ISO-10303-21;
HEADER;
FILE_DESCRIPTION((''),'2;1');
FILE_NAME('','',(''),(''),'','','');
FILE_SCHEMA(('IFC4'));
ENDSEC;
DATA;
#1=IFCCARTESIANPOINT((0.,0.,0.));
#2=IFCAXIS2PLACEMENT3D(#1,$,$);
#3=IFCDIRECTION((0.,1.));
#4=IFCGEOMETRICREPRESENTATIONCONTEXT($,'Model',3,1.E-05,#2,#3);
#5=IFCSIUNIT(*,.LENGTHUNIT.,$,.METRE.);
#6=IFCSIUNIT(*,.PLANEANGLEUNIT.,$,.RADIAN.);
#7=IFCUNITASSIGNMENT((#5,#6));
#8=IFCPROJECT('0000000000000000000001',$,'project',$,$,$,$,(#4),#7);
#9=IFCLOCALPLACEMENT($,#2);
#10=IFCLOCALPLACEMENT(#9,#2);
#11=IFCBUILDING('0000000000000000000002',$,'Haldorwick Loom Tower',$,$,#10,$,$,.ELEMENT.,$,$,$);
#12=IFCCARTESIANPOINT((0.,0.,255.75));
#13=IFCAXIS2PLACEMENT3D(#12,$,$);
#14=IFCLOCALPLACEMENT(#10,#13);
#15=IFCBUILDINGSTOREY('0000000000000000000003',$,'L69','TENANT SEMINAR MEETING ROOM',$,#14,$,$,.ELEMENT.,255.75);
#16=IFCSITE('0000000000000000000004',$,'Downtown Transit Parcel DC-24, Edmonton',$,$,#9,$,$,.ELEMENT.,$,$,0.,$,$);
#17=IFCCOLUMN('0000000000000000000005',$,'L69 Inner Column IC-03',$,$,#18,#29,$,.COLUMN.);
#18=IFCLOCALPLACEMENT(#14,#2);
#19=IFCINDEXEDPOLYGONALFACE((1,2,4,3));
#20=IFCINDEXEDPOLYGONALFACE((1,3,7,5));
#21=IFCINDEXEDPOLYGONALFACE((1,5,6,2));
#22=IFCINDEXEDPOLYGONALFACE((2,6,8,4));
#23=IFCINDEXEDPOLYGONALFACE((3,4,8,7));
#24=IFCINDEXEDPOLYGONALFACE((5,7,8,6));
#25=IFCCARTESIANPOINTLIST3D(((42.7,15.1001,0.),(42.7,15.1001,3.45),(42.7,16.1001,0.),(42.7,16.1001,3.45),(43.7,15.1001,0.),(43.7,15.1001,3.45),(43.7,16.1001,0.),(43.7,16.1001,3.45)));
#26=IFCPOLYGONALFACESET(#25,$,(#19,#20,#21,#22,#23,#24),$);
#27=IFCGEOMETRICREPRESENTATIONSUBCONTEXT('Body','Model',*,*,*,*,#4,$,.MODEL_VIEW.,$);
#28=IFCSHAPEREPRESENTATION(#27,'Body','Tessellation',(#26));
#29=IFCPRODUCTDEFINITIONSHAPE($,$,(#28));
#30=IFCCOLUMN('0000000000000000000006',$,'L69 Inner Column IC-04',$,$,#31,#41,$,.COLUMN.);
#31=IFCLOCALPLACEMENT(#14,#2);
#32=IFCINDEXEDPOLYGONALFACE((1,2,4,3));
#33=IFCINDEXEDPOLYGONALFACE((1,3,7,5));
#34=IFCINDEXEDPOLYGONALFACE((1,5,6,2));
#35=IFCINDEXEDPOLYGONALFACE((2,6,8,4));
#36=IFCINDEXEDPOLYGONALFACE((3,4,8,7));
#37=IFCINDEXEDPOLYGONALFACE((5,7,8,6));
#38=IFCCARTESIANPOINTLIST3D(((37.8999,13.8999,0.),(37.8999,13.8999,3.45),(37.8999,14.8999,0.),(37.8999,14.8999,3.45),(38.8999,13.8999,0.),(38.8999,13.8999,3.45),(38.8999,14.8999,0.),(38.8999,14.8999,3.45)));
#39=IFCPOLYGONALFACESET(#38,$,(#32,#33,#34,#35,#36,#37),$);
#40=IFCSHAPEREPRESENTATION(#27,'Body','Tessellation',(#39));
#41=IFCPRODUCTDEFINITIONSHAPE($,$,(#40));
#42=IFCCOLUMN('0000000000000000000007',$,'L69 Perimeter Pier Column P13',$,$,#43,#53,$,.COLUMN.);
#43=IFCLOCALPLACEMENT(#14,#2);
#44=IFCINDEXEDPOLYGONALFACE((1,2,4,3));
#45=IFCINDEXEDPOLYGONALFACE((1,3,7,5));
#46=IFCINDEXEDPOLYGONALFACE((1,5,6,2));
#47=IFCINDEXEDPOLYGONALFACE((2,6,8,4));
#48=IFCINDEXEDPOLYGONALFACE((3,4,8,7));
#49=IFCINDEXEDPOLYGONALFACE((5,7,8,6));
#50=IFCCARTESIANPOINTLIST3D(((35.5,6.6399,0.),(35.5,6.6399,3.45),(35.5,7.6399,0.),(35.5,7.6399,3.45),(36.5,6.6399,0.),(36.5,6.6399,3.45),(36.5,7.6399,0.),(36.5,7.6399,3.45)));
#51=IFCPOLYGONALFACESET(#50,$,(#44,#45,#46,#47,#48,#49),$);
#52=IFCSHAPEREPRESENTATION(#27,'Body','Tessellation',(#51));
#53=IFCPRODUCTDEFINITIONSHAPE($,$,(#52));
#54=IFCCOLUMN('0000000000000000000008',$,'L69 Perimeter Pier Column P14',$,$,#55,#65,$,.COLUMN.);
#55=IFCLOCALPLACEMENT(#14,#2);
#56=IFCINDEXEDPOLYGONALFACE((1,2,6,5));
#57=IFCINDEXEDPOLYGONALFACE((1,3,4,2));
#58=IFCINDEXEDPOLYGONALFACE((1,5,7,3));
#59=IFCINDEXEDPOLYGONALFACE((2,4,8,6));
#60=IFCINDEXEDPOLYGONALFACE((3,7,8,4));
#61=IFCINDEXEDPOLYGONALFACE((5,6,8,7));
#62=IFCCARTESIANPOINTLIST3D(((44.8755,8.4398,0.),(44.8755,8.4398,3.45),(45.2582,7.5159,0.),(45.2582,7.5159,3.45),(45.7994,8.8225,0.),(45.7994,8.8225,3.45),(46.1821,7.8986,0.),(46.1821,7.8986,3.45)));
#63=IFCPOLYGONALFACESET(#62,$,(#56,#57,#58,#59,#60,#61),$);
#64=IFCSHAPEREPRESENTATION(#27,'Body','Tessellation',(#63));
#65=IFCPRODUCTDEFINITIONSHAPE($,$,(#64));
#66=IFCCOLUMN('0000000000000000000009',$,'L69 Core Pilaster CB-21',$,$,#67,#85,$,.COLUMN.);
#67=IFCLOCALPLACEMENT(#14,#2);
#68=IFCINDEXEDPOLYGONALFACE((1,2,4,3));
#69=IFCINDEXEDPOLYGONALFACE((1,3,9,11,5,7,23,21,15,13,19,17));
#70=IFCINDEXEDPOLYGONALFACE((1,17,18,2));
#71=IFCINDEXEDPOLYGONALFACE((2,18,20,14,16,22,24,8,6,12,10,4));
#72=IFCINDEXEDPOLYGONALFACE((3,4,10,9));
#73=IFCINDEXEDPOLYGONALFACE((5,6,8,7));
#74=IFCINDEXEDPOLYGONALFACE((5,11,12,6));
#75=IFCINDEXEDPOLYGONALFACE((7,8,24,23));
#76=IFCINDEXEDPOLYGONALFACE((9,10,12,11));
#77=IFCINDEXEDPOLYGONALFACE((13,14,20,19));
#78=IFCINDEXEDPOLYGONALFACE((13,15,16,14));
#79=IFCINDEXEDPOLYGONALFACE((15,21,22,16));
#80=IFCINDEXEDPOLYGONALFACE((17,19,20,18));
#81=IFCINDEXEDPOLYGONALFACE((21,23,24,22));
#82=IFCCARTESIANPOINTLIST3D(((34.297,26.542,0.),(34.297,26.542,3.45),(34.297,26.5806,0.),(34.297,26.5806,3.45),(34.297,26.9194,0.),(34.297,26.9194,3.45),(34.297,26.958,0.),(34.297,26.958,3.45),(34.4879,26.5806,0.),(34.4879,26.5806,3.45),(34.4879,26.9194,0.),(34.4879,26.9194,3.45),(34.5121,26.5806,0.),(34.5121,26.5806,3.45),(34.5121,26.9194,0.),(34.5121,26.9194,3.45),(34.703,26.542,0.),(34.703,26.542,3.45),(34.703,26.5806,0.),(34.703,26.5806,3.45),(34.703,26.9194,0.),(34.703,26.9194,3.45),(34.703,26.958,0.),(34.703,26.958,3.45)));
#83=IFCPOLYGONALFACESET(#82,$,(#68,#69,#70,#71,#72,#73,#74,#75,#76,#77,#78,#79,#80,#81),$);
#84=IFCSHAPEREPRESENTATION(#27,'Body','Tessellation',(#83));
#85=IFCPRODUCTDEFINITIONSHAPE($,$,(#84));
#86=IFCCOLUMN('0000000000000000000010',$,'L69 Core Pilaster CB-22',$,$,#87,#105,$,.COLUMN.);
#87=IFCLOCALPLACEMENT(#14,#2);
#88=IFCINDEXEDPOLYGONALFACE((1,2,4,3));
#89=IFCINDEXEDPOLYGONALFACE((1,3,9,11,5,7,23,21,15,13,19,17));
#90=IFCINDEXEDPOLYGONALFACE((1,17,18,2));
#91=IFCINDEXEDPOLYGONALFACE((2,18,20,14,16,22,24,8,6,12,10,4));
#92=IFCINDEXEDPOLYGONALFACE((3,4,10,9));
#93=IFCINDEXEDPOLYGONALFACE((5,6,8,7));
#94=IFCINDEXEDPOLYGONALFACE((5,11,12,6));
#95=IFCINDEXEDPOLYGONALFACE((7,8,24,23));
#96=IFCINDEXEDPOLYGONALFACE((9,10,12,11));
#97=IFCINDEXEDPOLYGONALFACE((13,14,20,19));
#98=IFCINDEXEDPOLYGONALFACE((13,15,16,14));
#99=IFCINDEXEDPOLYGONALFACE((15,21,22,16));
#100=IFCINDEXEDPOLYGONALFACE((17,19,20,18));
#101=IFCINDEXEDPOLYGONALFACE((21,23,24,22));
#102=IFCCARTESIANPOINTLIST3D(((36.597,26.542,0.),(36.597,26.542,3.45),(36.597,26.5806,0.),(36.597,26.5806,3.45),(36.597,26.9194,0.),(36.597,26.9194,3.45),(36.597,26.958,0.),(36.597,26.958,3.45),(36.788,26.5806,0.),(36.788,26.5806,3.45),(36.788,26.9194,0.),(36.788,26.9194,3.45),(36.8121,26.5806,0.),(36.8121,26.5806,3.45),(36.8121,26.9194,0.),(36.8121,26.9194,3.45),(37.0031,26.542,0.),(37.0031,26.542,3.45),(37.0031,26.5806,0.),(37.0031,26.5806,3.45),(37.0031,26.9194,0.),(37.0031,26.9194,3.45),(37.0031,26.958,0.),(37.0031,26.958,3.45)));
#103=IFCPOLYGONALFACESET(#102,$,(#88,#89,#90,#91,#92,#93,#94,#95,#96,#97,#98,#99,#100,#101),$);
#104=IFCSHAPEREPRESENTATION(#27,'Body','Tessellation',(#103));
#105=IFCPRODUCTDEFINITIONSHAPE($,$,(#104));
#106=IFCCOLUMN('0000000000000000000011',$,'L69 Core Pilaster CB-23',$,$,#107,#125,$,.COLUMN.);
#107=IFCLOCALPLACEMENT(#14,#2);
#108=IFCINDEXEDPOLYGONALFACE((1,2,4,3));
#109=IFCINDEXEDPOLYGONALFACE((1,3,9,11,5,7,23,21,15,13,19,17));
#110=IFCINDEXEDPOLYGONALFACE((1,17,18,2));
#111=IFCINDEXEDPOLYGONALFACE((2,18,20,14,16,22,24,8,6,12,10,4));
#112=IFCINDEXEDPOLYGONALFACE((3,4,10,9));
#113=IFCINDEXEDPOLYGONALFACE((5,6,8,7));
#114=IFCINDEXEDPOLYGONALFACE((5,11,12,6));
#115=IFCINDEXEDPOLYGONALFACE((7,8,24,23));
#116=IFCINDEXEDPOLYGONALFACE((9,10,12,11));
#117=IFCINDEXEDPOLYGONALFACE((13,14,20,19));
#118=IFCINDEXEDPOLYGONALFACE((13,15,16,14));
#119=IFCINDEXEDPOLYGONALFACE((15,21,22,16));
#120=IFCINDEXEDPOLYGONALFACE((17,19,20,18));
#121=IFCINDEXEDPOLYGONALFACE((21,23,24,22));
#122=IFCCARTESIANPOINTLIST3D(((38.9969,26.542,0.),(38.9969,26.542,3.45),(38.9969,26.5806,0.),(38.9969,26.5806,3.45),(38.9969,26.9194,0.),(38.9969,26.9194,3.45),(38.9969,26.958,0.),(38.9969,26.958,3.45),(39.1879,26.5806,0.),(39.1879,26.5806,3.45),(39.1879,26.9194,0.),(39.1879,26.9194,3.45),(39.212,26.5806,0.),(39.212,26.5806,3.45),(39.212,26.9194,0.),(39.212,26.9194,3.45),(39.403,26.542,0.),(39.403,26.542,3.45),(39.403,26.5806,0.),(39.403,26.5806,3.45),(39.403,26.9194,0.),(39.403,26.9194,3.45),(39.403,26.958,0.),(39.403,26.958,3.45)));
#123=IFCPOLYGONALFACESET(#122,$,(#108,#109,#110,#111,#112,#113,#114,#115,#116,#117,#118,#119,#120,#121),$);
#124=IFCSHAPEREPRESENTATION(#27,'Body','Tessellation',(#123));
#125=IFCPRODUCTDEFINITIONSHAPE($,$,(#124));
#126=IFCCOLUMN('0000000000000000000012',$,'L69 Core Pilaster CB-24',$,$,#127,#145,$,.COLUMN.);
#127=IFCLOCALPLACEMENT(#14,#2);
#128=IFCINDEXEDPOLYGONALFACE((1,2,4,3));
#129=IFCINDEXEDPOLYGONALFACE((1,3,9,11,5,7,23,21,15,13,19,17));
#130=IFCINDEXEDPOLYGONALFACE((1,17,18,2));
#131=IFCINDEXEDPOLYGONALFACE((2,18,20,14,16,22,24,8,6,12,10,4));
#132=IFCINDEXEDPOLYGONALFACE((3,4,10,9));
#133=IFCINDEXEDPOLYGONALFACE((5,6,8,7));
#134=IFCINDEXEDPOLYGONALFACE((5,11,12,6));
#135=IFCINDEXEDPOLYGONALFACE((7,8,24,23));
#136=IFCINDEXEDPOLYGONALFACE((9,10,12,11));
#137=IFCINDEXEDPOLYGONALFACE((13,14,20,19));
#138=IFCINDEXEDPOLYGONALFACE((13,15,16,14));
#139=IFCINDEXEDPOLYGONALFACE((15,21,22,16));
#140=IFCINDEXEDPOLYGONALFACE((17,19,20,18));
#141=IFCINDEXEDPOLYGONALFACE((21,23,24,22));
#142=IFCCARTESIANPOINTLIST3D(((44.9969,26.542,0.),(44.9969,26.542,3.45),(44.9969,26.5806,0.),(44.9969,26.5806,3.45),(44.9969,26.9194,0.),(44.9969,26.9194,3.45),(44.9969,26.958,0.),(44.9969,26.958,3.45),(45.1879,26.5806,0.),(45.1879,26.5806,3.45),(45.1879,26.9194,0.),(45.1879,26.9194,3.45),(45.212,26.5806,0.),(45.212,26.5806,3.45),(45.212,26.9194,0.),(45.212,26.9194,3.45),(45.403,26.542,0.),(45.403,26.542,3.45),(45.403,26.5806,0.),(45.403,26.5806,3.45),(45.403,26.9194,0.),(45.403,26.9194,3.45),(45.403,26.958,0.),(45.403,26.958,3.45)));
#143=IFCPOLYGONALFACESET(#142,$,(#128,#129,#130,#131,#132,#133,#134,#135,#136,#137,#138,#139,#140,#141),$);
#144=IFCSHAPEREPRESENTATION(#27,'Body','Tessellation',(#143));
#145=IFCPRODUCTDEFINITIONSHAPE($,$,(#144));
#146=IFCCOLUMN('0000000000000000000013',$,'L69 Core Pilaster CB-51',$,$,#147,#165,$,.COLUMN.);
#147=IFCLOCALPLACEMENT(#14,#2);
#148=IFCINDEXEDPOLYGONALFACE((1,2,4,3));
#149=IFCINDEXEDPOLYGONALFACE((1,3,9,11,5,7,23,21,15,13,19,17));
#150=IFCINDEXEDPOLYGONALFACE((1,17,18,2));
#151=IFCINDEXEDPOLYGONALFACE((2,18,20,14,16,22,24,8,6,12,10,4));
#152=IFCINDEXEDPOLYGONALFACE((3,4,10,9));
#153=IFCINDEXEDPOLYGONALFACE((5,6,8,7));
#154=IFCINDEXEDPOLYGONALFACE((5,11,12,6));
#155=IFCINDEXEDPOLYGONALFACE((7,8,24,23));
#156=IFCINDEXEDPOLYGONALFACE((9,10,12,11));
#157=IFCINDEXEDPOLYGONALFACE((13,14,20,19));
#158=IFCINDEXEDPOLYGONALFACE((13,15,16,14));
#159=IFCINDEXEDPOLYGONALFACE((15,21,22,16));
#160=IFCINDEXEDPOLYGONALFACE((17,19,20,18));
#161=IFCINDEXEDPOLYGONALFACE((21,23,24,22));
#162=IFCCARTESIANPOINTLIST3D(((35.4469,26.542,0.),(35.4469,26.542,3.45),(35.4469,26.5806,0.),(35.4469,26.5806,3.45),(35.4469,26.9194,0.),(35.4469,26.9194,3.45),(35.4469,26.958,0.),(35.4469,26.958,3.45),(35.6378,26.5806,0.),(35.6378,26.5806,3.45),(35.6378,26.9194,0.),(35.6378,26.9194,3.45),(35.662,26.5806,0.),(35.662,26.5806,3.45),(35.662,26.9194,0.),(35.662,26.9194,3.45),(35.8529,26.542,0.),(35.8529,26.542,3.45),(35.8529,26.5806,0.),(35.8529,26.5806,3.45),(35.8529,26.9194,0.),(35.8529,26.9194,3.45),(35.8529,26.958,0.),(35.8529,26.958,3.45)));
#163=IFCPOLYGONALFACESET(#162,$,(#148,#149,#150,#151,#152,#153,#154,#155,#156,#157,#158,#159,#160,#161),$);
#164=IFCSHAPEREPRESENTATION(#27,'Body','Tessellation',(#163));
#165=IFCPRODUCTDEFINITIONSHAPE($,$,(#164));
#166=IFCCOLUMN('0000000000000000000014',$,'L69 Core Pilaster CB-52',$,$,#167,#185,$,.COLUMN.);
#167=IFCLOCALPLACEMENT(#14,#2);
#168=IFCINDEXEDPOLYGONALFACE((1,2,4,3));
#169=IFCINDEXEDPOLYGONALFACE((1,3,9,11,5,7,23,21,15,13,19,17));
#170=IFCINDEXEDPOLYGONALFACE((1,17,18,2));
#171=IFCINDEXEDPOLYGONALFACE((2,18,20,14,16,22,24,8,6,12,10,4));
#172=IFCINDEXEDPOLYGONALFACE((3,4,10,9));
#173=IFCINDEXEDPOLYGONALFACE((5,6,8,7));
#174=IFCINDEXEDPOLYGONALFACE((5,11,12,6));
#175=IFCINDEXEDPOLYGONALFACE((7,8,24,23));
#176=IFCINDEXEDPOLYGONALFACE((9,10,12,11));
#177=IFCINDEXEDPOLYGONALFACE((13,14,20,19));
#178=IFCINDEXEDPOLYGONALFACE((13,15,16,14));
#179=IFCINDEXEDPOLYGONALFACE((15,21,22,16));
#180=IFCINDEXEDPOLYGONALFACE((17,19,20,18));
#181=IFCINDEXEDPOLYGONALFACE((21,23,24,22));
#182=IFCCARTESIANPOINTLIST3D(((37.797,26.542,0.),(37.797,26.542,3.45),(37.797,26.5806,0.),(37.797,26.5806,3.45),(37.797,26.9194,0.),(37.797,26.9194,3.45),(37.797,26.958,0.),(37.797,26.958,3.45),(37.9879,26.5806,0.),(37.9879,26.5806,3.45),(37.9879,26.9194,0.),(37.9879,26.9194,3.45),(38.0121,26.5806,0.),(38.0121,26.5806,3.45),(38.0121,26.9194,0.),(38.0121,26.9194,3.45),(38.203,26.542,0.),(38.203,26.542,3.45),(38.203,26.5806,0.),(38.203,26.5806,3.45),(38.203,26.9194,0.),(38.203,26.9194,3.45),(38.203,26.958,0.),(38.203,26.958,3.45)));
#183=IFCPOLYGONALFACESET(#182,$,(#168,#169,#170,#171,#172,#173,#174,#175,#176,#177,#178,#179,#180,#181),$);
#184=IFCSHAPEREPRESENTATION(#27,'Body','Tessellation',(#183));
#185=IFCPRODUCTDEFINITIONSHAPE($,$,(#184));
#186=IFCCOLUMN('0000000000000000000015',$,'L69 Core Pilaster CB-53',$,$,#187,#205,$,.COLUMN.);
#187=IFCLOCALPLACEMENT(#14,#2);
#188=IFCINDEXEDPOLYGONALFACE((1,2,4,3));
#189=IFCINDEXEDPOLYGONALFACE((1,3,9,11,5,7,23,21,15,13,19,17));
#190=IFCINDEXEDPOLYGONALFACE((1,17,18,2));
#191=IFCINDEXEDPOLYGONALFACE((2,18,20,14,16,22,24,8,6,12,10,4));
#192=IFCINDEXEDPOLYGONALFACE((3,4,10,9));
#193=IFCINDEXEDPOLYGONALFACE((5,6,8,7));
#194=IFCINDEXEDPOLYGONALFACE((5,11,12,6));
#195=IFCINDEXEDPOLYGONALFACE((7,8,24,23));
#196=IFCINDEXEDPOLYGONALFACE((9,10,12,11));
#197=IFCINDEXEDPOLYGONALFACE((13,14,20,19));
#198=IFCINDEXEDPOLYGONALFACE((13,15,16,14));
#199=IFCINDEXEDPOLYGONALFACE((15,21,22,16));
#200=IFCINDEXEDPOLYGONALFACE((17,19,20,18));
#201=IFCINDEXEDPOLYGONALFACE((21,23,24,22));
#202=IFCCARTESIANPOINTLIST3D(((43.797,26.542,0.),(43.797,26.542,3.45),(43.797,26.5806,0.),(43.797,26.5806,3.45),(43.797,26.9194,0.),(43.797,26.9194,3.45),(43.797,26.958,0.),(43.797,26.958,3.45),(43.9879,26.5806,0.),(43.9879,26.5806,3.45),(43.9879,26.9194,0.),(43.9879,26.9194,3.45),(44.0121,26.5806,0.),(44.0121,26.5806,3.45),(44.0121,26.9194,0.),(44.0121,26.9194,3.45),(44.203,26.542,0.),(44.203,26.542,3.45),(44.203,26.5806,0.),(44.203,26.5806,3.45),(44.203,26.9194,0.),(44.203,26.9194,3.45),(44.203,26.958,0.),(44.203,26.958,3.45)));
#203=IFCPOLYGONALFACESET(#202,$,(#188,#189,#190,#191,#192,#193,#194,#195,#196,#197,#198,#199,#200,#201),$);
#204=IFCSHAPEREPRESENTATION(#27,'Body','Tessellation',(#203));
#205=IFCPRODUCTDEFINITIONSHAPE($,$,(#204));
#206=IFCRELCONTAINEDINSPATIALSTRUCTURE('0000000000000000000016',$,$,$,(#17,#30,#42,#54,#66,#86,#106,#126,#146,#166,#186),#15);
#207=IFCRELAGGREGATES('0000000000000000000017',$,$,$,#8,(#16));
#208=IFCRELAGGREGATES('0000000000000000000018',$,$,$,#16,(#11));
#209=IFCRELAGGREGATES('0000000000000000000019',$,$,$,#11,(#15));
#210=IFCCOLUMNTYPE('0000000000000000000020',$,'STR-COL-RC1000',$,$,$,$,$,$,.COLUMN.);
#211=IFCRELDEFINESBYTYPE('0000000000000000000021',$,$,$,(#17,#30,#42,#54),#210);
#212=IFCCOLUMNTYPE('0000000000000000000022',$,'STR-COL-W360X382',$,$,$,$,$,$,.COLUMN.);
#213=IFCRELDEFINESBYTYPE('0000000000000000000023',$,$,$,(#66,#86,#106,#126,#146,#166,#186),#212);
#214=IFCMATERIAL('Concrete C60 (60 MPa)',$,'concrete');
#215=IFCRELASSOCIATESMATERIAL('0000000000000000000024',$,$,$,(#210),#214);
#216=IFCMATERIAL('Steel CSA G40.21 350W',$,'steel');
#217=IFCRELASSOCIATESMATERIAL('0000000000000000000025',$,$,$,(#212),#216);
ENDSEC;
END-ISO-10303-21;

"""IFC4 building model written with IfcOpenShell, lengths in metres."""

from ifc_helpers import new_model, si_unit, direction, frame, origin, origin_2d, place, context, subcontext, project, spatial, rectangle, i_section, extrude, material, material_profile, profile_set, type_object, element, save


model = new_model("IFC4")

# Units and contexts
model_context = context("Model", 3, precision=1e-05, world=origin(), true_north=direction((0.0, 1.0)))
body_context = subcontext(model_context, "Body", "Model", "MODEL_VIEW")
ifc_project = project(units=[si_unit("LENGTHUNIT", "METRE"), si_unit("PLANEANGLEUNIT", "RADIAN")], contexts=[model_context])

# Site, building, storey
site_placement = place(None, origin())
site = spatial("IfcSite", under=ifc_project, at=site_placement, Name="Downtown Transit Parcel DC-24, Edmonton", CompositionType="ELEMENT", RefElevation=0.0)
building_placement = place(site_placement, origin())
building = spatial("IfcBuilding", under=site, at=building_placement, Name="Haldorwick Loom Tower", CompositionType="ELEMENT")
storey_placement = place(building_placement, frame((0.0, 0.0, 255.75)))
storey = spatial("IfcBuildingStorey", under=building, at=storey_placement, Name="L69", Description="TENANT SEMINAR MEETING ROOM", CompositionType="ELEMENT", Elevation=255.75)

# Columns
ifc_material_1 = material(Name="Concrete C60 (60 MPa)", Category="concrete")
ifc_material_profile_1 = material_profile(ifc_material_1, rectangle(XDim=1.0, YDim=1.0, at=origin_2d()), Name="RC1000X1000", Category="concrete")
ifc_profile_set_1 = profile_set([ifc_material_profile_1], Name="Concrete C60 (60 MPa)")
column_type_1 = type_object("IfcColumnType", Name="STR-COL-RC1000", PredefinedType="COLUMN", material=ifc_profile_set_1)
for number, where, z_axis, x_axis, name in (
    (1, (43.2, 15.6001, 0.0), (0.0, 0.0, 1.0), (1.0, 0.0, 0.0), "L69 Inner Column IC-03"),
    (2, (38.3999, 14.3999, 0.0), (0.0, 0.0, 1.0), (1.0, 0.0, 0.0), "L69 Inner Column IC-04"),
    (3, (36.0, 7.1399, 0.0), (0.0, 0.0, 1.0), (0.0, -1.0, 0.0), "L69 Perimeter Pier Column P13"),
    (4, (45.5288, 8.1692, 0.0), (0.0, 0.0, 1.0), (0.382683, -0.92388, 0.0), "L69 Perimeter Pier Column P14"),
):
    element("IfcColumn", number, at=place(storey_placement, frame(where, z_axis=z_axis, x_axis=x_axis)), inside=storey, type_object=column_type_1, Name=name, PredefinedType="COLUMN", context=body_context, shape_type="SweptSolid", body=[
        extrude(rectangle(XDim=1.0, YDim=1.0, at=origin_2d()), origin(), (0.0, 0.0, 1.0), 3.45),
    ])
ifc_material_2 = material(Name="Steel CSA G40.21 350W", Category="steel")
ifc_material_profile_2 = material_profile(ifc_material_2, i_section(OverallWidth=0.406, OverallDepth=0.416, WebThickness=0.0242, FlangeThickness=0.0386, at=origin_2d()), Name="W360X382", Category="steel")
ifc_profile_set_2 = profile_set([ifc_material_profile_2], Name="Steel CSA G40.21 350W")
column_type_2 = type_object("IfcColumnType", Name="STR-COL-W360X382", PredefinedType="COLUMN", material=ifc_profile_set_2)
for number, where, z_axis, x_axis, name in (
    (5, (34.5, 26.75, 0.0), (0.0, 0.0, 1.0), (1.0, 0.0, 0.0), "L69 Core Pilaster CB-21"),
    (6, (36.8, 26.75, 0.0), (0.0, 0.0, 1.0), (1.0, 0.0, 0.0), "L69 Core Pilaster CB-22"),
    (7, (39.2, 26.75, 0.0), (0.0, 0.0, 1.0), (1.0, 0.0, 0.0), "L69 Core Pilaster CB-23"),
    (8, (45.2, 26.75, 0.0), (0.0, 0.0, 1.0), (1.0, 0.0, 0.0), "L69 Core Pilaster CB-24"),
    (9, (35.6499, 26.75, 0.0), (0.0, 0.0, 1.0), (1.0, 0.0, 0.0), "L69 Core Pilaster CB-51"),
    (10, (38.0, 26.75, 0.0), (0.0, 0.0, 1.0), (1.0, 0.0, 0.0), "L69 Core Pilaster CB-52"),
    (11, (44.0, 26.75, 0.0), (0.0, 0.0, 1.0), (1.0, 0.0, 0.0), "L69 Core Pilaster CB-53"),
):
    element("IfcColumn", number, at=place(storey_placement, frame(where, z_axis=z_axis, x_axis=x_axis)), inside=storey, type_object=column_type_2, Name=name, PredefinedType="COLUMN", context=body_context, shape_type="SweptSolid", body=[
        extrude(i_section(OverallWidth=0.406, OverallDepth=0.416, WebThickness=0.0242, FlangeThickness=0.0386, at=origin_2d()), origin(), (0.0, 0.0, 1.0), 3.45),
    ])

save(model, "model.ifc")
